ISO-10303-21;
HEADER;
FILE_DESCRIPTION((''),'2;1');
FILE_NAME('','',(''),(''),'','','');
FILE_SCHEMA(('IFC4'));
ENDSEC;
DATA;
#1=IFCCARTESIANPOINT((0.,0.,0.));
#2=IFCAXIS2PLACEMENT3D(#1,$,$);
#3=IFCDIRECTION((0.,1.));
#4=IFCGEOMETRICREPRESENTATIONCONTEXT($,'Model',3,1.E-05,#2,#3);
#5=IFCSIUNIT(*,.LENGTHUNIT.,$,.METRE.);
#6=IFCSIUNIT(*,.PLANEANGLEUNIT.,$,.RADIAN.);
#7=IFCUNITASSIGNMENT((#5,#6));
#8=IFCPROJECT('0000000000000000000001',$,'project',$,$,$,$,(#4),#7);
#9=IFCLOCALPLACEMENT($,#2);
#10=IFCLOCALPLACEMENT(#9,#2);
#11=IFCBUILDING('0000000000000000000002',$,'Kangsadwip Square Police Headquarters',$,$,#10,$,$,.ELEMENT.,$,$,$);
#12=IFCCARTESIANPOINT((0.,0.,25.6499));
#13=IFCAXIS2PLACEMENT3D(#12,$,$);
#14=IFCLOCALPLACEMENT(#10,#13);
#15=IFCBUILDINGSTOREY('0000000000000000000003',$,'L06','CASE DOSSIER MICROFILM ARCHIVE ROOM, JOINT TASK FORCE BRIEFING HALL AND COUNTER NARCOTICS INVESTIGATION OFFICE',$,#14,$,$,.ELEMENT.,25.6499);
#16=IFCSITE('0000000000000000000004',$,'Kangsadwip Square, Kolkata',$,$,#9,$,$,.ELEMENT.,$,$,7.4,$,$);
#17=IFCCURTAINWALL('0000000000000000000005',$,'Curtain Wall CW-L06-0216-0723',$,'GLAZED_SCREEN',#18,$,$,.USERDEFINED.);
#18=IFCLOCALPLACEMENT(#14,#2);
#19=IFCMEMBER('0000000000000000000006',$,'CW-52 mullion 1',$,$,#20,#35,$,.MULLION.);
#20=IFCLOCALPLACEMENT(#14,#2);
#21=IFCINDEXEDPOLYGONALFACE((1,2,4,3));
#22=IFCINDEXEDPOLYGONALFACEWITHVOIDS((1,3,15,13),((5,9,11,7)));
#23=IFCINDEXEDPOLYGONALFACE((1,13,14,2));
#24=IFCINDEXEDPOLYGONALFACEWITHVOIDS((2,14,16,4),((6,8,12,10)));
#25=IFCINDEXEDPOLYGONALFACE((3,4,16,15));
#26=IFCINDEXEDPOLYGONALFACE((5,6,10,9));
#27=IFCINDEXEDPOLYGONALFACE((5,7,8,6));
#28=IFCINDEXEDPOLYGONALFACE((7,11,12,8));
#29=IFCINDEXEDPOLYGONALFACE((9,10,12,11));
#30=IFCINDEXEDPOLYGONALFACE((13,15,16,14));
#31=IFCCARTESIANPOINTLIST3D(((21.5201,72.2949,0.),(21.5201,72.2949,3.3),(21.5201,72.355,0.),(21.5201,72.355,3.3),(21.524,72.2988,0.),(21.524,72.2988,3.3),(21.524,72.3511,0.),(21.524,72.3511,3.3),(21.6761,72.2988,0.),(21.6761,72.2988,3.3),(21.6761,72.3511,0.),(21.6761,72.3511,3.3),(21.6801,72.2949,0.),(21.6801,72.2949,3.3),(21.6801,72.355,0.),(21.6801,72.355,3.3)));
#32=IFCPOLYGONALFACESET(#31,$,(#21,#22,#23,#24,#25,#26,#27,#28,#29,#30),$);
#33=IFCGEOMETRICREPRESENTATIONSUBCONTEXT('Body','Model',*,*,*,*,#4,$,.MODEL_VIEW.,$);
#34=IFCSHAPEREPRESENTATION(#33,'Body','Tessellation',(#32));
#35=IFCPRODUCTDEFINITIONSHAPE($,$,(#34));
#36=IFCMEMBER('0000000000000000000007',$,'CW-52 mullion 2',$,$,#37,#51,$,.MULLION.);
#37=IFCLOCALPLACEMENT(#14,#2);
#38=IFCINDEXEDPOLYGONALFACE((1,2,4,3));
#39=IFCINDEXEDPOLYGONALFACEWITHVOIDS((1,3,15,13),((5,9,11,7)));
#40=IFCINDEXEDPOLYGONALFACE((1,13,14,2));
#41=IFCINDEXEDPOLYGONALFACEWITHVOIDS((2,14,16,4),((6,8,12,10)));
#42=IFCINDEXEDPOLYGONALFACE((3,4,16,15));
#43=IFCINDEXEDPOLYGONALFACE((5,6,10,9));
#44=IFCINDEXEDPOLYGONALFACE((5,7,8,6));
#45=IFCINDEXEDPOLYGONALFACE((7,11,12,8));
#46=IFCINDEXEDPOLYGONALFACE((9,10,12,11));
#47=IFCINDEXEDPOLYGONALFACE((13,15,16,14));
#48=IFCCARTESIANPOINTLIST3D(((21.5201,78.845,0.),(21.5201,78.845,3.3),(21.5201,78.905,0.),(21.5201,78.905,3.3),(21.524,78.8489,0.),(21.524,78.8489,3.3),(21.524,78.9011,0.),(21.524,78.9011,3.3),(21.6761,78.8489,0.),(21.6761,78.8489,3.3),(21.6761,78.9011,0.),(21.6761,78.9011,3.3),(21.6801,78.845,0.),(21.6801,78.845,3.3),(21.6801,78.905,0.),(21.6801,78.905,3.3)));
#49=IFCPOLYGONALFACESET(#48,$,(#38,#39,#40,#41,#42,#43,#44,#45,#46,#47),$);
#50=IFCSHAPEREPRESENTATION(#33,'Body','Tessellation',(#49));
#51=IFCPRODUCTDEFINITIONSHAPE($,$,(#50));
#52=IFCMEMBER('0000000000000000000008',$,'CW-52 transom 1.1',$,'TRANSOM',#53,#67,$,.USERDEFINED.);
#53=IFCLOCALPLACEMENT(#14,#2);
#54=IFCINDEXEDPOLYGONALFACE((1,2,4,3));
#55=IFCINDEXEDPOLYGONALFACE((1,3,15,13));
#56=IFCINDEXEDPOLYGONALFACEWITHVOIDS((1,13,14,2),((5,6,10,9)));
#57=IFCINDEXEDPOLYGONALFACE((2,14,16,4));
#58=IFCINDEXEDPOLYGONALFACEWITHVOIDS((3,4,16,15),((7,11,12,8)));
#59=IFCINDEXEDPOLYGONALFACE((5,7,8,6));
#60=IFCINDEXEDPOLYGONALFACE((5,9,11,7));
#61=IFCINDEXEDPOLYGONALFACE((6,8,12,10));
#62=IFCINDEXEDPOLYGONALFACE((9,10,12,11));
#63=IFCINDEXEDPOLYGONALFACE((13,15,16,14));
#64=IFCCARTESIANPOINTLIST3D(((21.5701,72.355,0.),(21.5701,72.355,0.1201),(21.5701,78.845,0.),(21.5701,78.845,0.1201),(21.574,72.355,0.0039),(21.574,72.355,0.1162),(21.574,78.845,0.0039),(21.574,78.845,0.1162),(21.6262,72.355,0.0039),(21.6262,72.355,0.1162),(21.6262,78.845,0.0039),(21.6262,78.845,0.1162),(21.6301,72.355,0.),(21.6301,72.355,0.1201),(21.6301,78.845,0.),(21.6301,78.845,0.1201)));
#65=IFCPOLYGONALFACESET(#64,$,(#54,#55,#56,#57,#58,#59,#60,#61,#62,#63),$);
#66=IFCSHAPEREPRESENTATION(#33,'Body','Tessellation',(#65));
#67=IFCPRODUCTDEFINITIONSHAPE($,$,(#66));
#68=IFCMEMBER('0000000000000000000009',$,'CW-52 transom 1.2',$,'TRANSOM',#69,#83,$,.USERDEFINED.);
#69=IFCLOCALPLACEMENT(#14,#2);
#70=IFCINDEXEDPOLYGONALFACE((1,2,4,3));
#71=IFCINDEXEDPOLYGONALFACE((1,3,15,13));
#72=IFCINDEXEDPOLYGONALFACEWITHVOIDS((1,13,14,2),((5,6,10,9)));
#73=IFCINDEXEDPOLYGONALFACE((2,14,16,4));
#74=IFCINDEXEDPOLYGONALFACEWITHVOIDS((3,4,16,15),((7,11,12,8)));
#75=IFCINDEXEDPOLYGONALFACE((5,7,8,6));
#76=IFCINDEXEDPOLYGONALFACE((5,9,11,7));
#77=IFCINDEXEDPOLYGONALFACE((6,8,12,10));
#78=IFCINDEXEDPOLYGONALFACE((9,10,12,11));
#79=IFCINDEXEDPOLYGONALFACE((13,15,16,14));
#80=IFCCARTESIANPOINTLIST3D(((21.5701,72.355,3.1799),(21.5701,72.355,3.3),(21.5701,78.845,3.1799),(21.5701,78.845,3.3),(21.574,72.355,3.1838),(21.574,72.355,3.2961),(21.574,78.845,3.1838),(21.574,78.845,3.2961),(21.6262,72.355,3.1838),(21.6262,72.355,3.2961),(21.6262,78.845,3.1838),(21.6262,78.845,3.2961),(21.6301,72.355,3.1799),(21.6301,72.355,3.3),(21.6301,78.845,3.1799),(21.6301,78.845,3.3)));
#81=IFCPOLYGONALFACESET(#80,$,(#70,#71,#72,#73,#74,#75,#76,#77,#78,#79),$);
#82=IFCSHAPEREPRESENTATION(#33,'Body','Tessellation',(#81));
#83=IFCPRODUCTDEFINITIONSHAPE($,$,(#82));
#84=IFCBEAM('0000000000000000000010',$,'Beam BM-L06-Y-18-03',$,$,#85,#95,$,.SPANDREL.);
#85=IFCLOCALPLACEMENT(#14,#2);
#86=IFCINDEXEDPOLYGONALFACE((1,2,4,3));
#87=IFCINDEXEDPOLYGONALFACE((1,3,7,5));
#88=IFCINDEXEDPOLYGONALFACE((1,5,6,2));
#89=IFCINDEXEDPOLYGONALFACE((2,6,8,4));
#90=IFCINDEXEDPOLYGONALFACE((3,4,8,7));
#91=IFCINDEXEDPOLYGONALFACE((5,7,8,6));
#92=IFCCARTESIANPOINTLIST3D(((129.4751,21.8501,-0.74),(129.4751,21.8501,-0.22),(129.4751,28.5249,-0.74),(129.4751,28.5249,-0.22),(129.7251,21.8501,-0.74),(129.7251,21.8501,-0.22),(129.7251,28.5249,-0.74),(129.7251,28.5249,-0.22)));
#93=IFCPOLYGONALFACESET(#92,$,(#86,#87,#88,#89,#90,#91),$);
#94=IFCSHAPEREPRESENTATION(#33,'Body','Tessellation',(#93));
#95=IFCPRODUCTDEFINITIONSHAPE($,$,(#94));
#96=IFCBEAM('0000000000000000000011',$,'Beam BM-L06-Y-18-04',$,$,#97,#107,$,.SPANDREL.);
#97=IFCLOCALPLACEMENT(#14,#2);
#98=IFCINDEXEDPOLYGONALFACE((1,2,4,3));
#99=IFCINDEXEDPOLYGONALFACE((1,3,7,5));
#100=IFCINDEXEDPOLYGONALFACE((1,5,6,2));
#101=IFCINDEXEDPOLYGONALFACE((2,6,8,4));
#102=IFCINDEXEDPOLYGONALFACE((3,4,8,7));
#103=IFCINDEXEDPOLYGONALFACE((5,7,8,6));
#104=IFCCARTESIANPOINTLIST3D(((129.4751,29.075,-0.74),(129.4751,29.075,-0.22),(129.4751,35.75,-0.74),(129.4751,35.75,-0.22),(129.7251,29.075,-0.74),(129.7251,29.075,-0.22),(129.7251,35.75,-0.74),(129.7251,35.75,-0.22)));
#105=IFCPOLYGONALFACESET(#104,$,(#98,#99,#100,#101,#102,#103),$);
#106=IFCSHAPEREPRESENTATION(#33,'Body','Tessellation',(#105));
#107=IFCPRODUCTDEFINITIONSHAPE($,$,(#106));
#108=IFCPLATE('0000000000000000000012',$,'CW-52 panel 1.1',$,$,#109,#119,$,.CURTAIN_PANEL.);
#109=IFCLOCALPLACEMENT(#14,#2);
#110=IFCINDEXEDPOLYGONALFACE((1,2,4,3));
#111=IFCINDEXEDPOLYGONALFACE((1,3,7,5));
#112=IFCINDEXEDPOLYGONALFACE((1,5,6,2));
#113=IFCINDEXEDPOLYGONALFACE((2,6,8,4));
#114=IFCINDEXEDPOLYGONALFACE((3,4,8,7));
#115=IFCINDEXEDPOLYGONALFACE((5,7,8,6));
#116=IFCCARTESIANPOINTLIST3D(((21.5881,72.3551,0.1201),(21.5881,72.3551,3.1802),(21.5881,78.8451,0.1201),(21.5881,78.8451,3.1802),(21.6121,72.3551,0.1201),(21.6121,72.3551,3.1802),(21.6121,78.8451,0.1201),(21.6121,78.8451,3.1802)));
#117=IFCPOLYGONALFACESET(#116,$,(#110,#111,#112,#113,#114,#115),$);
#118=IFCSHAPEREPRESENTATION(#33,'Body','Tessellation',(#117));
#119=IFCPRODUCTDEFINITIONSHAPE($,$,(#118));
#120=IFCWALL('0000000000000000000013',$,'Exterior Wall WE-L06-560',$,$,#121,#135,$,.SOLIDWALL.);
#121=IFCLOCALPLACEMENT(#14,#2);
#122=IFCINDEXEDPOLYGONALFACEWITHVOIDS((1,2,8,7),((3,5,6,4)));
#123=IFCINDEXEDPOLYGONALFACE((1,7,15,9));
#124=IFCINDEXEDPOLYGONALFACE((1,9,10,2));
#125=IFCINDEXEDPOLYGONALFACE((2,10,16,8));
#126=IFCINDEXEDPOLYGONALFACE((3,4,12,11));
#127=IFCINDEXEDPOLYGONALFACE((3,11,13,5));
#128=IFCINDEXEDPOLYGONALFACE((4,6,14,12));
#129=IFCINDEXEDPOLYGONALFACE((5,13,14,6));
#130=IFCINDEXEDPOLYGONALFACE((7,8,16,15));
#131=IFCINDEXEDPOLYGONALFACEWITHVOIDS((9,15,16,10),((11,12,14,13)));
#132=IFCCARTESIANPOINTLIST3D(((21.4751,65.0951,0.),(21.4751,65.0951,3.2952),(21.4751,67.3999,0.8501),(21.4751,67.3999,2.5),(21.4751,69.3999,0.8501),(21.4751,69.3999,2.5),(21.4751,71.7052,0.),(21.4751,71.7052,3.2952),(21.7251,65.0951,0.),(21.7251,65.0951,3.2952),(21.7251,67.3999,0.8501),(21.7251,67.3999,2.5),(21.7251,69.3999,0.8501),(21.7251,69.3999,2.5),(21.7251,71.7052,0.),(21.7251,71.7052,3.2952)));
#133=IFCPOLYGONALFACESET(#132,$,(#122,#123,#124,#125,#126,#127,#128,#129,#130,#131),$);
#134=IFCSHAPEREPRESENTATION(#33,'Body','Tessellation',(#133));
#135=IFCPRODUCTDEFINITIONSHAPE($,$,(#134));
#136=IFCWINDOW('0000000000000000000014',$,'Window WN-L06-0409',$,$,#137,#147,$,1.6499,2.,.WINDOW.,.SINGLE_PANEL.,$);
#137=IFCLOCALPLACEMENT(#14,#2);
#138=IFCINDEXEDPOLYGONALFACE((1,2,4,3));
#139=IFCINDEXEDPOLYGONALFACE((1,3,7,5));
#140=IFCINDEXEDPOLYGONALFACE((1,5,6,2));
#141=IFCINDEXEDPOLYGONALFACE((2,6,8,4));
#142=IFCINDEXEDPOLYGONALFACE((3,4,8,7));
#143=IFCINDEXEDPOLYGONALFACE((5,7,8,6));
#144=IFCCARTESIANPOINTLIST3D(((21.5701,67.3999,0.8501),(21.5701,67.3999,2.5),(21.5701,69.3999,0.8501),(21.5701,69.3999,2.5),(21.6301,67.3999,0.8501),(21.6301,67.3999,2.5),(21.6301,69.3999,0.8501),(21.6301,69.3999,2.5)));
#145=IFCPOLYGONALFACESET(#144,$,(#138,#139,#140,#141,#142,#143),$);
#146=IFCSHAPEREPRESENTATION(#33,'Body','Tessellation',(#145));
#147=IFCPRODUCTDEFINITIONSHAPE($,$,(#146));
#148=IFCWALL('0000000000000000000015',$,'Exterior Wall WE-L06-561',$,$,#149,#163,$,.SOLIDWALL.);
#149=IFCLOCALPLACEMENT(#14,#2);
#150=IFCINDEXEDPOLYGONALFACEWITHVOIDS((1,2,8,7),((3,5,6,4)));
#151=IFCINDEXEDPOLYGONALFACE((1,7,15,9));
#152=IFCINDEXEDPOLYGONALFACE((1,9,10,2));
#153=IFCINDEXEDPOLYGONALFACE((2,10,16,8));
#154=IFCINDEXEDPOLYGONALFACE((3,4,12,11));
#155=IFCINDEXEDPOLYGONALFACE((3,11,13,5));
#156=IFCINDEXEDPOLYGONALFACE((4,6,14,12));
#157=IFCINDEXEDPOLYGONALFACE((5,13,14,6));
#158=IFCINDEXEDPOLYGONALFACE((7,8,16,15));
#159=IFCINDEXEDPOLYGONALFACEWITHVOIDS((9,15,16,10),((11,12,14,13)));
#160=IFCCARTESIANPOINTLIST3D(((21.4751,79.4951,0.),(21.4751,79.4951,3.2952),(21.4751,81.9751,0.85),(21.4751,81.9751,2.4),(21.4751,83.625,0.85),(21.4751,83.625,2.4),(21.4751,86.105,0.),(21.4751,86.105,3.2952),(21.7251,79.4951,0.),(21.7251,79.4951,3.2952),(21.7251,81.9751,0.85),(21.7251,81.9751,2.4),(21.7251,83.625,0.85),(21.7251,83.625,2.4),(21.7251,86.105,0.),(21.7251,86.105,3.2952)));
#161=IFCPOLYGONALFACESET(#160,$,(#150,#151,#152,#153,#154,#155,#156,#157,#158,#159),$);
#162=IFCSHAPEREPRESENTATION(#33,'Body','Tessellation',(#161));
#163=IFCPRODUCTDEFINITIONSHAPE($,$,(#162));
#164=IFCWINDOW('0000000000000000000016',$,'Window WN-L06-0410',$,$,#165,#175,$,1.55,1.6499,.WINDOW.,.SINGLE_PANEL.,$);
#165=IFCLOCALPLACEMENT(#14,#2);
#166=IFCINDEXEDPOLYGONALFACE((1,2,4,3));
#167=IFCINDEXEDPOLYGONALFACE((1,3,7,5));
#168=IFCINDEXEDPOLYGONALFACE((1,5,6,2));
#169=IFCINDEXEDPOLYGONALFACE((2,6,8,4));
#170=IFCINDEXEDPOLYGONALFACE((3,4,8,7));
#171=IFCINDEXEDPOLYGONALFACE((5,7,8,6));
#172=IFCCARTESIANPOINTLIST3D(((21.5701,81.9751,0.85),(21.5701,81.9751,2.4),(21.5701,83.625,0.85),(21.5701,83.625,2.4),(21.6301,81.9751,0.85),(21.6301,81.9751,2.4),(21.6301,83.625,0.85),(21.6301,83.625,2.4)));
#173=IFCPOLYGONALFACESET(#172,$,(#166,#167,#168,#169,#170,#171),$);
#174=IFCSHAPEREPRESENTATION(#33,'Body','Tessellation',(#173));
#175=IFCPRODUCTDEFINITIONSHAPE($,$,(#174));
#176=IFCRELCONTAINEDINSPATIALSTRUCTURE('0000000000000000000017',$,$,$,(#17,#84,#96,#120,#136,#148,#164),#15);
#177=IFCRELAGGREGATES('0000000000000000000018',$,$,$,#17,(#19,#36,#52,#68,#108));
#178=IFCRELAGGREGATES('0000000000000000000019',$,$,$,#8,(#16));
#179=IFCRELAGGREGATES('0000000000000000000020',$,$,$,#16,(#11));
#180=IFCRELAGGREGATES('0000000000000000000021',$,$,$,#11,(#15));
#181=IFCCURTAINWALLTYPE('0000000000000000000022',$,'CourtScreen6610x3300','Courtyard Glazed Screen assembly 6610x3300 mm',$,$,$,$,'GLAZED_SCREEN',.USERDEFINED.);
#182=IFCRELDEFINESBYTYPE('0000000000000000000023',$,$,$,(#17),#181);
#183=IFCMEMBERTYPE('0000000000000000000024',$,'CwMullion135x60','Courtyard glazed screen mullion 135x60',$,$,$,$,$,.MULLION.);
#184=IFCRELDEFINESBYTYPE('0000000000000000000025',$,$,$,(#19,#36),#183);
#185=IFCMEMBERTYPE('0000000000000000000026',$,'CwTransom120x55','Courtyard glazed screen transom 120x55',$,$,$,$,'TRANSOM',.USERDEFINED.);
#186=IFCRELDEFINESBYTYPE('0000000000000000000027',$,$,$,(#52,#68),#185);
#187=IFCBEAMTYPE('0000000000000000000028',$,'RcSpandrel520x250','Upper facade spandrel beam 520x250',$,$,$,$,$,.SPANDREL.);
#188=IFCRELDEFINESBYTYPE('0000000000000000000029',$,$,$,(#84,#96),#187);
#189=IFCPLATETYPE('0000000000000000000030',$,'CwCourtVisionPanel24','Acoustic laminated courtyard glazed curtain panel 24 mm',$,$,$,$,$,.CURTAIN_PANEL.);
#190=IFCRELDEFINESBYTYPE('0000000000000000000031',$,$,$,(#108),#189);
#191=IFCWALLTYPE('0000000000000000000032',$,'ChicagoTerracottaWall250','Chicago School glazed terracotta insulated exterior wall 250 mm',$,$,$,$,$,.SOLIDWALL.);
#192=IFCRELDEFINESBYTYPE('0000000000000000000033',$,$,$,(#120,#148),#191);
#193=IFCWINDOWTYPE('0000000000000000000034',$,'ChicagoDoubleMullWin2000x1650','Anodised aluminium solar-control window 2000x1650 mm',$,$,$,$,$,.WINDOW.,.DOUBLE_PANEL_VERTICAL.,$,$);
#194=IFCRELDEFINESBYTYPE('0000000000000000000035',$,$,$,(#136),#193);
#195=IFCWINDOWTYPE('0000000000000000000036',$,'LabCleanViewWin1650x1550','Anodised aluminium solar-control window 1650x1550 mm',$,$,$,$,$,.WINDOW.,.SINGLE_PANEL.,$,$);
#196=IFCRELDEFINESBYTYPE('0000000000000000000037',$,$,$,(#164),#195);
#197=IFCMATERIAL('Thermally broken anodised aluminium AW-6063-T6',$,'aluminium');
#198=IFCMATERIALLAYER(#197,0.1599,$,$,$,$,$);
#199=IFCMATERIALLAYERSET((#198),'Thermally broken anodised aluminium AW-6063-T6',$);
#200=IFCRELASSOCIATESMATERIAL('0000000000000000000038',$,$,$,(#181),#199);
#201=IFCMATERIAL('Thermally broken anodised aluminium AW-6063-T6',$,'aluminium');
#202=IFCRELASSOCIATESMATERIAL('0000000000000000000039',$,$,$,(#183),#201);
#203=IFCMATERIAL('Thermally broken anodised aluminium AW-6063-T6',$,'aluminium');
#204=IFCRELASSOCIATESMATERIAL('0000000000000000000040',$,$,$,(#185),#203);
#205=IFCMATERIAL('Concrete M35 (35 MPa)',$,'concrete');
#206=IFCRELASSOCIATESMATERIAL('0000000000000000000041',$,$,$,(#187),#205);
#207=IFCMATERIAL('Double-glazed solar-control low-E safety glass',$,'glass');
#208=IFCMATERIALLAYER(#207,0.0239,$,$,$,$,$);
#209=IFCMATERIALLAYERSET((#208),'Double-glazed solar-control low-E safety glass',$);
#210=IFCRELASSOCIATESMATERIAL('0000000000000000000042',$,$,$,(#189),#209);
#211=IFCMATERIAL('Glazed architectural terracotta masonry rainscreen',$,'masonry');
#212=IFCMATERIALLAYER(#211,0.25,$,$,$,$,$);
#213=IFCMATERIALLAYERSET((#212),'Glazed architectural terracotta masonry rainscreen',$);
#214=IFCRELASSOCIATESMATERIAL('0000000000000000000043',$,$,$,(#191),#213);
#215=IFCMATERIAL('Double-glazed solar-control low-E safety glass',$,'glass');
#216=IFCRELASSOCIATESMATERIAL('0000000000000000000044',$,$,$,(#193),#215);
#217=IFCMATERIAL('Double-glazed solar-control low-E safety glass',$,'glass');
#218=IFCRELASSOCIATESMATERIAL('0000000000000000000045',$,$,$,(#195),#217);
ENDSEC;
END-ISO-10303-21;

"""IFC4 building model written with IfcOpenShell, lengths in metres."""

from ifc_helpers import new_model, si_unit, direction, frame, frame_2d, origin, origin_2d, place, context, subcontext, project, spatial, rectangle, hollow_rectangle, extrude, material, layer, layer_set, material_profile, profile_set, type_object, element, fill, aggregate, save


model = new_model("IFC4")

# Units and contexts
model_context = context("Model", 3, precision=1e-05, world=origin(), true_north=direction((0.0, 1.0)))
body_context = subcontext(model_context, "Body", "Model", "MODEL_VIEW")
ifc_project = project(units=[si_unit("LENGTHUNIT", "METRE"), si_unit("PLANEANGLEUNIT", "RADIAN")], contexts=[model_context])

# Site, building, storey
site_placement = place(None, origin())
site = spatial("IfcSite", under=ifc_project, at=site_placement, Name="Kangsadwip Square, Kolkata", CompositionType="ELEMENT", RefElevation=7.4)
building_placement = place(site_placement, origin())
building = spatial("IfcBuilding", under=site, at=building_placement, Name="Kangsadwip Square Police Headquarters", CompositionType="ELEMENT")
storey_placement = place(building_placement, frame((0.0, 0.0, 25.6499)))
storey = spatial("IfcBuildingStorey", under=building, at=storey_placement, Name="L06", Description="CASE DOSSIER MICROFILM ARCHIVE ROOM, JOINT TASK FORCE BRIEFING HALL AND COUNTER NARCOTICS INVESTIGATION OFFICE", CompositionType="ELEMENT", Elevation=25.6499)

# Curtain wall, members
ifc_material_1 = material(Name="Thermally broken anodised aluminium AW-6063-T6", Category="aluminium")
ifc_layer_1 = layer(ifc_material_1, 0.1599)
ifc_layer_set_1 = layer_set([ifc_layer_1], Name="Thermally broken anodised aluminium AW-6063-T6")
curtain_wall_type = type_object("IfcCurtainWallType", Name="CourtScreen6610x3300", Description="Courtyard Glazed Screen assembly 6610x3300 mm", ElementType="GLAZED_SCREEN", PredefinedType="USERDEFINED", material=ifc_layer_set_1)
curtain_wall_placement = place(storey_placement, origin())
curtain_wall = element("IfcCurtainWall", 1, at=curtain_wall_placement, inside=storey, type_object=curtain_wall_type, Name="Curtain Wall CW-L06-0216-0723", ObjectType="GLAZED_SCREEN", PredefinedType="USERDEFINED")
ifc_material_2 = material(Name="Thermally broken anodised aluminium AW-6063-T6", Category="aluminium")
ifc_material_profile_1 = material_profile(ifc_material_2, hollow_rectangle(XDim=0.0601, YDim=0.1599, WallThickness=0.0039, at=origin_2d()), Name="CWM 160X60X4")
ifc_profile_set_1 = profile_set([ifc_material_profile_1], Name="Thermally broken anodised aluminium AW-6063-T6")
member_type_1 = type_object("IfcMemberType", Name="CwMullion135x60", Description="Courtyard glazed screen mullion 135x60", PredefinedType="MULLION", material=ifc_profile_set_1)
member_1_placement = place(storey_placement, frame((21.6001, 72.325, 0.0), z_axis=(0.0, 0.0, 1.0), x_axis=(0.0, 1.0, 0.0)))
member_1 = element("IfcMember", 2, at=member_1_placement, type_object=member_type_1, Name="CW-52 mullion 1", PredefinedType="MULLION", context=body_context, shape_type="SweptSolid", body=[
    extrude(hollow_rectangle(XDim=0.0601, YDim=0.1599, WallThickness=0.0039, at=origin_2d()), origin(), (0.0, 0.0, 1.0), 3.3),
])
member_2_placement = place(storey_placement, frame((21.6001, 78.875, 0.0), z_axis=(0.0, 0.0, 1.0), x_axis=(0.0, 1.0, 0.0)))
member_2 = element("IfcMember", 3, at=member_2_placement, type_object=member_type_1, Name="CW-52 mullion 2", PredefinedType="MULLION", context=body_context, shape_type="SweptSolid", body=[
    extrude(hollow_rectangle(XDim=0.0601, YDim=0.1599, WallThickness=0.0039, at=origin_2d()), origin(), (0.0, 0.0, 1.0), 3.3),
])
ifc_material_3 = material(Name="Thermally broken anodised aluminium AW-6063-T6", Category="aluminium")
ifc_material_profile_2 = material_profile(ifc_material_3, hollow_rectangle(XDim=0.0601, YDim=0.1201, WallThickness=0.0039, at=origin_2d()), Name="CWT 120X60X4")
ifc_profile_set_2 = profile_set([ifc_material_profile_2], Name="Thermally broken anodised aluminium AW-6063-T6")
member_type_2 = type_object("IfcMemberType", Name="CwTransom120x55", Description="Courtyard glazed screen transom 120x55", ElementType="TRANSOM", PredefinedType="USERDEFINED", material=ifc_profile_set_2)
member_3_placement = place(storey_placement, frame((21.6001, 72.355, 0.0601), z_axis=(0.0, 1.0, 0.0), x_axis=(-1.0, 0.0, 0.0)))
member_3 = element("IfcMember", 4, at=member_3_placement, type_object=member_type_2, Name="CW-52 transom 1.1", ObjectType="TRANSOM", PredefinedType="USERDEFINED", context=body_context, shape_type="SweptSolid", body=[
    extrude(hollow_rectangle(XDim=0.0601, YDim=0.1201, WallThickness=0.0039, at=origin_2d()), origin(), (0.0, 0.0, 1.0), 6.49),
])
member_4_placement = place(storey_placement, frame((21.6001, 72.355, 3.24), z_axis=(0.0, 1.0, 0.0), x_axis=(-1.0, 0.0, 0.0)))
member_4 = element("IfcMember", 5, at=member_4_placement, type_object=member_type_2, Name="CW-52 transom 1.2", ObjectType="TRANSOM", PredefinedType="USERDEFINED", context=body_context, shape_type="SweptSolid", body=[
    extrude(hollow_rectangle(XDim=0.0601, YDim=0.1201, WallThickness=0.0039, at=origin_2d()), origin(), (0.0, 0.0, 1.0), 6.49),
])

# Beams
ifc_material_4 = material(Name="Concrete M35 (35 MPa)", Category="concrete")
ifc_material_profile_3 = material_profile(ifc_material_4, rectangle(XDim=0.25, YDim=0.52, at=origin_2d()), Name="RC SPN 520X250")
ifc_profile_set_3 = profile_set([ifc_material_profile_3], Name="Concrete M35 (35 MPa)")
beam_type = type_object("IfcBeamType", Name="RcSpandrel520x250", Description="Upper facade spandrel beam 520x250", PredefinedType="SPANDREL", material=ifc_profile_set_3)
beam_1_placement = place(storey_placement, frame((129.6001, 21.8501, -0.48), z_axis=(0.0, 1.0, 0.0), x_axis=(-1.0, 0.0, 0.0)))
element("IfcBeam", 6, at=beam_1_placement, inside=storey, type_object=beam_type, Name="Beam BM-L06-Y-18-03", PredefinedType="SPANDREL", context=body_context, shape_type="SweptSolid", body=[
    extrude(rectangle(XDim=0.25, YDim=0.52, at=origin_2d()), origin(), (0.0, 0.0, 1.0), 6.6748),
])
beam_2_placement = place(storey_placement, frame((129.6001, 29.075, -0.48), z_axis=(0.0, 1.0, 0.0), x_axis=(-1.0, 0.0, 0.0)))
element("IfcBeam", 7, at=beam_2_placement, inside=storey, type_object=beam_type, Name="Beam BM-L06-Y-18-04", PredefinedType="SPANDREL", context=body_context, shape_type="SweptSolid", body=[
    extrude(rectangle(XDim=0.25, YDim=0.52, at=origin_2d()), origin(), (0.0, 0.0, 1.0), 6.675),
])

# Plate
ifc_material_5 = material(Name="Double-glazed solar-control low-E safety glass", Category="glass")
ifc_layer_2 = layer(ifc_material_5, 0.0239)
ifc_layer_set_2 = layer_set([ifc_layer_2], Name="Double-glazed solar-control low-E safety glass")
plate_type = type_object("IfcPlateType", Name="CwCourtVisionPanel24", Description="Acoustic laminated courtyard glazed curtain panel 24 mm", PredefinedType="CURTAIN_PANEL", material=ifc_layer_set_2)
plate_placement = place(storey_placement, frame((21.6001, 75.6001, 0.1201), z_axis=(0.0, 0.0, 1.0), x_axis=(0.0, 1.0, 0.0)))
plate = element("IfcPlate", 8, at=plate_placement, type_object=plate_type, Name="CW-52 panel 1.1", PredefinedType="CURTAIN_PANEL", context=body_context, shape_type="SweptSolid", body=[
    extrude(rectangle(XDim=6.49, YDim=0.0239, at=origin_2d()), origin(), (0.0, 0.0, 1.0), 3.0601),
])
aggregate(curtain_wall, [member_1, member_2, member_3, member_4, plate])

# Walls, openings, windows
ifc_material_6 = material(Name="Glazed architectural terracotta masonry rainscreen", Category="masonry")
ifc_layer_3 = layer(ifc_material_6, 0.25)
ifc_layer_set_3 = layer_set([ifc_layer_3], Name="Glazed architectural terracotta masonry rainscreen")
wall_type_1 = type_object("IfcWallType", Name="ChicagoTerracottaWall250", Description="Chicago School glazed terracotta insulated exterior wall 250 mm", PredefinedType="SOLIDWALL", material=ifc_layer_set_3)
wall_1_placement = place(storey_placement, frame((21.6001, 65.095, 0.0), z_axis=(0.0, 0.0, 1.0), x_axis=(0.0, 1.0, 0.0)))
wall_1 = element("IfcWall", 9, at=wall_1_placement, inside=storey, type_object=wall_type_1, Name="Exterior Wall WE-L06-560", PredefinedType="SOLIDWALL", context=body_context, shape_type="SweptSolid", body=[
    extrude(rectangle(XDim=6.6101, YDim=0.25, at=frame_2d((3.3052, 0.0))), origin(), (0.0, 0.0, 1.0), 3.2952),
])
opening_1_placement = place(wall_1_placement, frame((2.3049, 0.0, 0.8501)))
opening_1 = element("IfcOpeningElement", 10, at=opening_1_placement, cuts=wall_1, PredefinedType="OPENING", context=body_context, shape_type="SweptSolid", body=[
    extrude(rectangle(XDim=2.0, YDim=1.6499, at=frame_2d((1.0, 0.825))), frame((0.0, 0.135, 0.0), z_axis=(0.0, -1.0, 0.0), x_axis=(1.0, 0.0, 0.0)), (0.0, 0.0, 1.0), 0.27),
])
ifc_material_7 = material(Name="Double-glazed solar-control low-E safety glass", Category="glass")
window_type_1 = type_object("IfcWindowType", Name="ChicagoDoubleMullWin2000x1650", Description="Anodised aluminium solar-control window 2000x1650 mm", PartitioningType="DOUBLE_PANEL_VERTICAL", PredefinedType="WINDOW", material=ifc_material_7)
window_1_placement = place(opening_1_placement, origin())
window_1 = element("IfcWindow", 11, at=window_1_placement, inside=storey, type_object=window_type_1, Name="Window WN-L06-0409", OverallHeight=1.6499, OverallWidth=2.0, PartitioningType="SINGLE_PANEL", PredefinedType="WINDOW", context=body_context, shape_type="SweptSolid", body=[
    extrude(rectangle(XDim=2.0, YDim=1.6499, at=frame_2d((1.0, 0.825))), frame((0.0, 0.03, 0.0), z_axis=(0.0, -1.0, 0.0), x_axis=(1.0, 0.0, 0.0)), (0.0, 0.0, 1.0), 0.0601),
])
fill(opening_1, window_1)
wall_2_placement = place(storey_placement, frame((21.6001, 79.4951, 0.0), z_axis=(0.0, 0.0, 1.0), x_axis=(0.0, 1.0, 0.0)))
wall_2 = element("IfcWall", 12, at=wall_2_placement, inside=storey, type_object=wall_type_1, Name="Exterior Wall WE-L06-561", PredefinedType="SOLIDWALL", context=body_context, shape_type="SweptSolid", body=[
    extrude(rectangle(XDim=6.6099, YDim=0.25, at=frame_2d((3.3049, 0.0))), origin(), (0.0, 0.0, 1.0), 3.2952),
])
opening_2_placement = place(wall_2_placement, frame((2.48, 0.0, 0.8501)))
opening_2 = element("IfcOpeningElement", 13, at=opening_2_placement, cuts=wall_2, PredefinedType="OPENING", context=body_context, shape_type="SweptSolid", body=[
    extrude(rectangle(XDim=1.6499, YDim=1.55, at=frame_2d((0.825, 0.7749))), frame((0.0, 0.135, 0.0), z_axis=(0.0, -1.0, 0.0), x_axis=(1.0, 0.0, 0.0)), (0.0, 0.0, 1.0), 0.27),
])
ifc_material_8 = material(Name="Double-glazed solar-control low-E safety glass", Category="glass")
window_type_2 = type_object("IfcWindowType", Name="LabCleanViewWin1650x1550", Description="Anodised aluminium solar-control window 1650x1550 mm", PartitioningType="SINGLE_PANEL", PredefinedType="WINDOW", material=ifc_material_8)
window_2_placement = place(opening_2_placement, origin())
window_2 = element("IfcWindow", 14, at=window_2_placement, inside=storey, type_object=window_type_2, Name="Window WN-L06-0410", OverallHeight=1.55, OverallWidth=1.6499, PartitioningType="SINGLE_PANEL", PredefinedType="WINDOW", context=body_context, shape_type="SweptSolid", body=[
    extrude(rectangle(XDim=1.6499, YDim=1.55, at=frame_2d((0.825, 0.7749))), frame((0.0, 0.03, 0.0), z_axis=(0.0, -1.0, 0.0), x_axis=(1.0, 0.0, 0.0)), (0.0, 0.0, 1.0), 0.0601),
])
fill(opening_2, window_2)

save(model, "model.ifc")
